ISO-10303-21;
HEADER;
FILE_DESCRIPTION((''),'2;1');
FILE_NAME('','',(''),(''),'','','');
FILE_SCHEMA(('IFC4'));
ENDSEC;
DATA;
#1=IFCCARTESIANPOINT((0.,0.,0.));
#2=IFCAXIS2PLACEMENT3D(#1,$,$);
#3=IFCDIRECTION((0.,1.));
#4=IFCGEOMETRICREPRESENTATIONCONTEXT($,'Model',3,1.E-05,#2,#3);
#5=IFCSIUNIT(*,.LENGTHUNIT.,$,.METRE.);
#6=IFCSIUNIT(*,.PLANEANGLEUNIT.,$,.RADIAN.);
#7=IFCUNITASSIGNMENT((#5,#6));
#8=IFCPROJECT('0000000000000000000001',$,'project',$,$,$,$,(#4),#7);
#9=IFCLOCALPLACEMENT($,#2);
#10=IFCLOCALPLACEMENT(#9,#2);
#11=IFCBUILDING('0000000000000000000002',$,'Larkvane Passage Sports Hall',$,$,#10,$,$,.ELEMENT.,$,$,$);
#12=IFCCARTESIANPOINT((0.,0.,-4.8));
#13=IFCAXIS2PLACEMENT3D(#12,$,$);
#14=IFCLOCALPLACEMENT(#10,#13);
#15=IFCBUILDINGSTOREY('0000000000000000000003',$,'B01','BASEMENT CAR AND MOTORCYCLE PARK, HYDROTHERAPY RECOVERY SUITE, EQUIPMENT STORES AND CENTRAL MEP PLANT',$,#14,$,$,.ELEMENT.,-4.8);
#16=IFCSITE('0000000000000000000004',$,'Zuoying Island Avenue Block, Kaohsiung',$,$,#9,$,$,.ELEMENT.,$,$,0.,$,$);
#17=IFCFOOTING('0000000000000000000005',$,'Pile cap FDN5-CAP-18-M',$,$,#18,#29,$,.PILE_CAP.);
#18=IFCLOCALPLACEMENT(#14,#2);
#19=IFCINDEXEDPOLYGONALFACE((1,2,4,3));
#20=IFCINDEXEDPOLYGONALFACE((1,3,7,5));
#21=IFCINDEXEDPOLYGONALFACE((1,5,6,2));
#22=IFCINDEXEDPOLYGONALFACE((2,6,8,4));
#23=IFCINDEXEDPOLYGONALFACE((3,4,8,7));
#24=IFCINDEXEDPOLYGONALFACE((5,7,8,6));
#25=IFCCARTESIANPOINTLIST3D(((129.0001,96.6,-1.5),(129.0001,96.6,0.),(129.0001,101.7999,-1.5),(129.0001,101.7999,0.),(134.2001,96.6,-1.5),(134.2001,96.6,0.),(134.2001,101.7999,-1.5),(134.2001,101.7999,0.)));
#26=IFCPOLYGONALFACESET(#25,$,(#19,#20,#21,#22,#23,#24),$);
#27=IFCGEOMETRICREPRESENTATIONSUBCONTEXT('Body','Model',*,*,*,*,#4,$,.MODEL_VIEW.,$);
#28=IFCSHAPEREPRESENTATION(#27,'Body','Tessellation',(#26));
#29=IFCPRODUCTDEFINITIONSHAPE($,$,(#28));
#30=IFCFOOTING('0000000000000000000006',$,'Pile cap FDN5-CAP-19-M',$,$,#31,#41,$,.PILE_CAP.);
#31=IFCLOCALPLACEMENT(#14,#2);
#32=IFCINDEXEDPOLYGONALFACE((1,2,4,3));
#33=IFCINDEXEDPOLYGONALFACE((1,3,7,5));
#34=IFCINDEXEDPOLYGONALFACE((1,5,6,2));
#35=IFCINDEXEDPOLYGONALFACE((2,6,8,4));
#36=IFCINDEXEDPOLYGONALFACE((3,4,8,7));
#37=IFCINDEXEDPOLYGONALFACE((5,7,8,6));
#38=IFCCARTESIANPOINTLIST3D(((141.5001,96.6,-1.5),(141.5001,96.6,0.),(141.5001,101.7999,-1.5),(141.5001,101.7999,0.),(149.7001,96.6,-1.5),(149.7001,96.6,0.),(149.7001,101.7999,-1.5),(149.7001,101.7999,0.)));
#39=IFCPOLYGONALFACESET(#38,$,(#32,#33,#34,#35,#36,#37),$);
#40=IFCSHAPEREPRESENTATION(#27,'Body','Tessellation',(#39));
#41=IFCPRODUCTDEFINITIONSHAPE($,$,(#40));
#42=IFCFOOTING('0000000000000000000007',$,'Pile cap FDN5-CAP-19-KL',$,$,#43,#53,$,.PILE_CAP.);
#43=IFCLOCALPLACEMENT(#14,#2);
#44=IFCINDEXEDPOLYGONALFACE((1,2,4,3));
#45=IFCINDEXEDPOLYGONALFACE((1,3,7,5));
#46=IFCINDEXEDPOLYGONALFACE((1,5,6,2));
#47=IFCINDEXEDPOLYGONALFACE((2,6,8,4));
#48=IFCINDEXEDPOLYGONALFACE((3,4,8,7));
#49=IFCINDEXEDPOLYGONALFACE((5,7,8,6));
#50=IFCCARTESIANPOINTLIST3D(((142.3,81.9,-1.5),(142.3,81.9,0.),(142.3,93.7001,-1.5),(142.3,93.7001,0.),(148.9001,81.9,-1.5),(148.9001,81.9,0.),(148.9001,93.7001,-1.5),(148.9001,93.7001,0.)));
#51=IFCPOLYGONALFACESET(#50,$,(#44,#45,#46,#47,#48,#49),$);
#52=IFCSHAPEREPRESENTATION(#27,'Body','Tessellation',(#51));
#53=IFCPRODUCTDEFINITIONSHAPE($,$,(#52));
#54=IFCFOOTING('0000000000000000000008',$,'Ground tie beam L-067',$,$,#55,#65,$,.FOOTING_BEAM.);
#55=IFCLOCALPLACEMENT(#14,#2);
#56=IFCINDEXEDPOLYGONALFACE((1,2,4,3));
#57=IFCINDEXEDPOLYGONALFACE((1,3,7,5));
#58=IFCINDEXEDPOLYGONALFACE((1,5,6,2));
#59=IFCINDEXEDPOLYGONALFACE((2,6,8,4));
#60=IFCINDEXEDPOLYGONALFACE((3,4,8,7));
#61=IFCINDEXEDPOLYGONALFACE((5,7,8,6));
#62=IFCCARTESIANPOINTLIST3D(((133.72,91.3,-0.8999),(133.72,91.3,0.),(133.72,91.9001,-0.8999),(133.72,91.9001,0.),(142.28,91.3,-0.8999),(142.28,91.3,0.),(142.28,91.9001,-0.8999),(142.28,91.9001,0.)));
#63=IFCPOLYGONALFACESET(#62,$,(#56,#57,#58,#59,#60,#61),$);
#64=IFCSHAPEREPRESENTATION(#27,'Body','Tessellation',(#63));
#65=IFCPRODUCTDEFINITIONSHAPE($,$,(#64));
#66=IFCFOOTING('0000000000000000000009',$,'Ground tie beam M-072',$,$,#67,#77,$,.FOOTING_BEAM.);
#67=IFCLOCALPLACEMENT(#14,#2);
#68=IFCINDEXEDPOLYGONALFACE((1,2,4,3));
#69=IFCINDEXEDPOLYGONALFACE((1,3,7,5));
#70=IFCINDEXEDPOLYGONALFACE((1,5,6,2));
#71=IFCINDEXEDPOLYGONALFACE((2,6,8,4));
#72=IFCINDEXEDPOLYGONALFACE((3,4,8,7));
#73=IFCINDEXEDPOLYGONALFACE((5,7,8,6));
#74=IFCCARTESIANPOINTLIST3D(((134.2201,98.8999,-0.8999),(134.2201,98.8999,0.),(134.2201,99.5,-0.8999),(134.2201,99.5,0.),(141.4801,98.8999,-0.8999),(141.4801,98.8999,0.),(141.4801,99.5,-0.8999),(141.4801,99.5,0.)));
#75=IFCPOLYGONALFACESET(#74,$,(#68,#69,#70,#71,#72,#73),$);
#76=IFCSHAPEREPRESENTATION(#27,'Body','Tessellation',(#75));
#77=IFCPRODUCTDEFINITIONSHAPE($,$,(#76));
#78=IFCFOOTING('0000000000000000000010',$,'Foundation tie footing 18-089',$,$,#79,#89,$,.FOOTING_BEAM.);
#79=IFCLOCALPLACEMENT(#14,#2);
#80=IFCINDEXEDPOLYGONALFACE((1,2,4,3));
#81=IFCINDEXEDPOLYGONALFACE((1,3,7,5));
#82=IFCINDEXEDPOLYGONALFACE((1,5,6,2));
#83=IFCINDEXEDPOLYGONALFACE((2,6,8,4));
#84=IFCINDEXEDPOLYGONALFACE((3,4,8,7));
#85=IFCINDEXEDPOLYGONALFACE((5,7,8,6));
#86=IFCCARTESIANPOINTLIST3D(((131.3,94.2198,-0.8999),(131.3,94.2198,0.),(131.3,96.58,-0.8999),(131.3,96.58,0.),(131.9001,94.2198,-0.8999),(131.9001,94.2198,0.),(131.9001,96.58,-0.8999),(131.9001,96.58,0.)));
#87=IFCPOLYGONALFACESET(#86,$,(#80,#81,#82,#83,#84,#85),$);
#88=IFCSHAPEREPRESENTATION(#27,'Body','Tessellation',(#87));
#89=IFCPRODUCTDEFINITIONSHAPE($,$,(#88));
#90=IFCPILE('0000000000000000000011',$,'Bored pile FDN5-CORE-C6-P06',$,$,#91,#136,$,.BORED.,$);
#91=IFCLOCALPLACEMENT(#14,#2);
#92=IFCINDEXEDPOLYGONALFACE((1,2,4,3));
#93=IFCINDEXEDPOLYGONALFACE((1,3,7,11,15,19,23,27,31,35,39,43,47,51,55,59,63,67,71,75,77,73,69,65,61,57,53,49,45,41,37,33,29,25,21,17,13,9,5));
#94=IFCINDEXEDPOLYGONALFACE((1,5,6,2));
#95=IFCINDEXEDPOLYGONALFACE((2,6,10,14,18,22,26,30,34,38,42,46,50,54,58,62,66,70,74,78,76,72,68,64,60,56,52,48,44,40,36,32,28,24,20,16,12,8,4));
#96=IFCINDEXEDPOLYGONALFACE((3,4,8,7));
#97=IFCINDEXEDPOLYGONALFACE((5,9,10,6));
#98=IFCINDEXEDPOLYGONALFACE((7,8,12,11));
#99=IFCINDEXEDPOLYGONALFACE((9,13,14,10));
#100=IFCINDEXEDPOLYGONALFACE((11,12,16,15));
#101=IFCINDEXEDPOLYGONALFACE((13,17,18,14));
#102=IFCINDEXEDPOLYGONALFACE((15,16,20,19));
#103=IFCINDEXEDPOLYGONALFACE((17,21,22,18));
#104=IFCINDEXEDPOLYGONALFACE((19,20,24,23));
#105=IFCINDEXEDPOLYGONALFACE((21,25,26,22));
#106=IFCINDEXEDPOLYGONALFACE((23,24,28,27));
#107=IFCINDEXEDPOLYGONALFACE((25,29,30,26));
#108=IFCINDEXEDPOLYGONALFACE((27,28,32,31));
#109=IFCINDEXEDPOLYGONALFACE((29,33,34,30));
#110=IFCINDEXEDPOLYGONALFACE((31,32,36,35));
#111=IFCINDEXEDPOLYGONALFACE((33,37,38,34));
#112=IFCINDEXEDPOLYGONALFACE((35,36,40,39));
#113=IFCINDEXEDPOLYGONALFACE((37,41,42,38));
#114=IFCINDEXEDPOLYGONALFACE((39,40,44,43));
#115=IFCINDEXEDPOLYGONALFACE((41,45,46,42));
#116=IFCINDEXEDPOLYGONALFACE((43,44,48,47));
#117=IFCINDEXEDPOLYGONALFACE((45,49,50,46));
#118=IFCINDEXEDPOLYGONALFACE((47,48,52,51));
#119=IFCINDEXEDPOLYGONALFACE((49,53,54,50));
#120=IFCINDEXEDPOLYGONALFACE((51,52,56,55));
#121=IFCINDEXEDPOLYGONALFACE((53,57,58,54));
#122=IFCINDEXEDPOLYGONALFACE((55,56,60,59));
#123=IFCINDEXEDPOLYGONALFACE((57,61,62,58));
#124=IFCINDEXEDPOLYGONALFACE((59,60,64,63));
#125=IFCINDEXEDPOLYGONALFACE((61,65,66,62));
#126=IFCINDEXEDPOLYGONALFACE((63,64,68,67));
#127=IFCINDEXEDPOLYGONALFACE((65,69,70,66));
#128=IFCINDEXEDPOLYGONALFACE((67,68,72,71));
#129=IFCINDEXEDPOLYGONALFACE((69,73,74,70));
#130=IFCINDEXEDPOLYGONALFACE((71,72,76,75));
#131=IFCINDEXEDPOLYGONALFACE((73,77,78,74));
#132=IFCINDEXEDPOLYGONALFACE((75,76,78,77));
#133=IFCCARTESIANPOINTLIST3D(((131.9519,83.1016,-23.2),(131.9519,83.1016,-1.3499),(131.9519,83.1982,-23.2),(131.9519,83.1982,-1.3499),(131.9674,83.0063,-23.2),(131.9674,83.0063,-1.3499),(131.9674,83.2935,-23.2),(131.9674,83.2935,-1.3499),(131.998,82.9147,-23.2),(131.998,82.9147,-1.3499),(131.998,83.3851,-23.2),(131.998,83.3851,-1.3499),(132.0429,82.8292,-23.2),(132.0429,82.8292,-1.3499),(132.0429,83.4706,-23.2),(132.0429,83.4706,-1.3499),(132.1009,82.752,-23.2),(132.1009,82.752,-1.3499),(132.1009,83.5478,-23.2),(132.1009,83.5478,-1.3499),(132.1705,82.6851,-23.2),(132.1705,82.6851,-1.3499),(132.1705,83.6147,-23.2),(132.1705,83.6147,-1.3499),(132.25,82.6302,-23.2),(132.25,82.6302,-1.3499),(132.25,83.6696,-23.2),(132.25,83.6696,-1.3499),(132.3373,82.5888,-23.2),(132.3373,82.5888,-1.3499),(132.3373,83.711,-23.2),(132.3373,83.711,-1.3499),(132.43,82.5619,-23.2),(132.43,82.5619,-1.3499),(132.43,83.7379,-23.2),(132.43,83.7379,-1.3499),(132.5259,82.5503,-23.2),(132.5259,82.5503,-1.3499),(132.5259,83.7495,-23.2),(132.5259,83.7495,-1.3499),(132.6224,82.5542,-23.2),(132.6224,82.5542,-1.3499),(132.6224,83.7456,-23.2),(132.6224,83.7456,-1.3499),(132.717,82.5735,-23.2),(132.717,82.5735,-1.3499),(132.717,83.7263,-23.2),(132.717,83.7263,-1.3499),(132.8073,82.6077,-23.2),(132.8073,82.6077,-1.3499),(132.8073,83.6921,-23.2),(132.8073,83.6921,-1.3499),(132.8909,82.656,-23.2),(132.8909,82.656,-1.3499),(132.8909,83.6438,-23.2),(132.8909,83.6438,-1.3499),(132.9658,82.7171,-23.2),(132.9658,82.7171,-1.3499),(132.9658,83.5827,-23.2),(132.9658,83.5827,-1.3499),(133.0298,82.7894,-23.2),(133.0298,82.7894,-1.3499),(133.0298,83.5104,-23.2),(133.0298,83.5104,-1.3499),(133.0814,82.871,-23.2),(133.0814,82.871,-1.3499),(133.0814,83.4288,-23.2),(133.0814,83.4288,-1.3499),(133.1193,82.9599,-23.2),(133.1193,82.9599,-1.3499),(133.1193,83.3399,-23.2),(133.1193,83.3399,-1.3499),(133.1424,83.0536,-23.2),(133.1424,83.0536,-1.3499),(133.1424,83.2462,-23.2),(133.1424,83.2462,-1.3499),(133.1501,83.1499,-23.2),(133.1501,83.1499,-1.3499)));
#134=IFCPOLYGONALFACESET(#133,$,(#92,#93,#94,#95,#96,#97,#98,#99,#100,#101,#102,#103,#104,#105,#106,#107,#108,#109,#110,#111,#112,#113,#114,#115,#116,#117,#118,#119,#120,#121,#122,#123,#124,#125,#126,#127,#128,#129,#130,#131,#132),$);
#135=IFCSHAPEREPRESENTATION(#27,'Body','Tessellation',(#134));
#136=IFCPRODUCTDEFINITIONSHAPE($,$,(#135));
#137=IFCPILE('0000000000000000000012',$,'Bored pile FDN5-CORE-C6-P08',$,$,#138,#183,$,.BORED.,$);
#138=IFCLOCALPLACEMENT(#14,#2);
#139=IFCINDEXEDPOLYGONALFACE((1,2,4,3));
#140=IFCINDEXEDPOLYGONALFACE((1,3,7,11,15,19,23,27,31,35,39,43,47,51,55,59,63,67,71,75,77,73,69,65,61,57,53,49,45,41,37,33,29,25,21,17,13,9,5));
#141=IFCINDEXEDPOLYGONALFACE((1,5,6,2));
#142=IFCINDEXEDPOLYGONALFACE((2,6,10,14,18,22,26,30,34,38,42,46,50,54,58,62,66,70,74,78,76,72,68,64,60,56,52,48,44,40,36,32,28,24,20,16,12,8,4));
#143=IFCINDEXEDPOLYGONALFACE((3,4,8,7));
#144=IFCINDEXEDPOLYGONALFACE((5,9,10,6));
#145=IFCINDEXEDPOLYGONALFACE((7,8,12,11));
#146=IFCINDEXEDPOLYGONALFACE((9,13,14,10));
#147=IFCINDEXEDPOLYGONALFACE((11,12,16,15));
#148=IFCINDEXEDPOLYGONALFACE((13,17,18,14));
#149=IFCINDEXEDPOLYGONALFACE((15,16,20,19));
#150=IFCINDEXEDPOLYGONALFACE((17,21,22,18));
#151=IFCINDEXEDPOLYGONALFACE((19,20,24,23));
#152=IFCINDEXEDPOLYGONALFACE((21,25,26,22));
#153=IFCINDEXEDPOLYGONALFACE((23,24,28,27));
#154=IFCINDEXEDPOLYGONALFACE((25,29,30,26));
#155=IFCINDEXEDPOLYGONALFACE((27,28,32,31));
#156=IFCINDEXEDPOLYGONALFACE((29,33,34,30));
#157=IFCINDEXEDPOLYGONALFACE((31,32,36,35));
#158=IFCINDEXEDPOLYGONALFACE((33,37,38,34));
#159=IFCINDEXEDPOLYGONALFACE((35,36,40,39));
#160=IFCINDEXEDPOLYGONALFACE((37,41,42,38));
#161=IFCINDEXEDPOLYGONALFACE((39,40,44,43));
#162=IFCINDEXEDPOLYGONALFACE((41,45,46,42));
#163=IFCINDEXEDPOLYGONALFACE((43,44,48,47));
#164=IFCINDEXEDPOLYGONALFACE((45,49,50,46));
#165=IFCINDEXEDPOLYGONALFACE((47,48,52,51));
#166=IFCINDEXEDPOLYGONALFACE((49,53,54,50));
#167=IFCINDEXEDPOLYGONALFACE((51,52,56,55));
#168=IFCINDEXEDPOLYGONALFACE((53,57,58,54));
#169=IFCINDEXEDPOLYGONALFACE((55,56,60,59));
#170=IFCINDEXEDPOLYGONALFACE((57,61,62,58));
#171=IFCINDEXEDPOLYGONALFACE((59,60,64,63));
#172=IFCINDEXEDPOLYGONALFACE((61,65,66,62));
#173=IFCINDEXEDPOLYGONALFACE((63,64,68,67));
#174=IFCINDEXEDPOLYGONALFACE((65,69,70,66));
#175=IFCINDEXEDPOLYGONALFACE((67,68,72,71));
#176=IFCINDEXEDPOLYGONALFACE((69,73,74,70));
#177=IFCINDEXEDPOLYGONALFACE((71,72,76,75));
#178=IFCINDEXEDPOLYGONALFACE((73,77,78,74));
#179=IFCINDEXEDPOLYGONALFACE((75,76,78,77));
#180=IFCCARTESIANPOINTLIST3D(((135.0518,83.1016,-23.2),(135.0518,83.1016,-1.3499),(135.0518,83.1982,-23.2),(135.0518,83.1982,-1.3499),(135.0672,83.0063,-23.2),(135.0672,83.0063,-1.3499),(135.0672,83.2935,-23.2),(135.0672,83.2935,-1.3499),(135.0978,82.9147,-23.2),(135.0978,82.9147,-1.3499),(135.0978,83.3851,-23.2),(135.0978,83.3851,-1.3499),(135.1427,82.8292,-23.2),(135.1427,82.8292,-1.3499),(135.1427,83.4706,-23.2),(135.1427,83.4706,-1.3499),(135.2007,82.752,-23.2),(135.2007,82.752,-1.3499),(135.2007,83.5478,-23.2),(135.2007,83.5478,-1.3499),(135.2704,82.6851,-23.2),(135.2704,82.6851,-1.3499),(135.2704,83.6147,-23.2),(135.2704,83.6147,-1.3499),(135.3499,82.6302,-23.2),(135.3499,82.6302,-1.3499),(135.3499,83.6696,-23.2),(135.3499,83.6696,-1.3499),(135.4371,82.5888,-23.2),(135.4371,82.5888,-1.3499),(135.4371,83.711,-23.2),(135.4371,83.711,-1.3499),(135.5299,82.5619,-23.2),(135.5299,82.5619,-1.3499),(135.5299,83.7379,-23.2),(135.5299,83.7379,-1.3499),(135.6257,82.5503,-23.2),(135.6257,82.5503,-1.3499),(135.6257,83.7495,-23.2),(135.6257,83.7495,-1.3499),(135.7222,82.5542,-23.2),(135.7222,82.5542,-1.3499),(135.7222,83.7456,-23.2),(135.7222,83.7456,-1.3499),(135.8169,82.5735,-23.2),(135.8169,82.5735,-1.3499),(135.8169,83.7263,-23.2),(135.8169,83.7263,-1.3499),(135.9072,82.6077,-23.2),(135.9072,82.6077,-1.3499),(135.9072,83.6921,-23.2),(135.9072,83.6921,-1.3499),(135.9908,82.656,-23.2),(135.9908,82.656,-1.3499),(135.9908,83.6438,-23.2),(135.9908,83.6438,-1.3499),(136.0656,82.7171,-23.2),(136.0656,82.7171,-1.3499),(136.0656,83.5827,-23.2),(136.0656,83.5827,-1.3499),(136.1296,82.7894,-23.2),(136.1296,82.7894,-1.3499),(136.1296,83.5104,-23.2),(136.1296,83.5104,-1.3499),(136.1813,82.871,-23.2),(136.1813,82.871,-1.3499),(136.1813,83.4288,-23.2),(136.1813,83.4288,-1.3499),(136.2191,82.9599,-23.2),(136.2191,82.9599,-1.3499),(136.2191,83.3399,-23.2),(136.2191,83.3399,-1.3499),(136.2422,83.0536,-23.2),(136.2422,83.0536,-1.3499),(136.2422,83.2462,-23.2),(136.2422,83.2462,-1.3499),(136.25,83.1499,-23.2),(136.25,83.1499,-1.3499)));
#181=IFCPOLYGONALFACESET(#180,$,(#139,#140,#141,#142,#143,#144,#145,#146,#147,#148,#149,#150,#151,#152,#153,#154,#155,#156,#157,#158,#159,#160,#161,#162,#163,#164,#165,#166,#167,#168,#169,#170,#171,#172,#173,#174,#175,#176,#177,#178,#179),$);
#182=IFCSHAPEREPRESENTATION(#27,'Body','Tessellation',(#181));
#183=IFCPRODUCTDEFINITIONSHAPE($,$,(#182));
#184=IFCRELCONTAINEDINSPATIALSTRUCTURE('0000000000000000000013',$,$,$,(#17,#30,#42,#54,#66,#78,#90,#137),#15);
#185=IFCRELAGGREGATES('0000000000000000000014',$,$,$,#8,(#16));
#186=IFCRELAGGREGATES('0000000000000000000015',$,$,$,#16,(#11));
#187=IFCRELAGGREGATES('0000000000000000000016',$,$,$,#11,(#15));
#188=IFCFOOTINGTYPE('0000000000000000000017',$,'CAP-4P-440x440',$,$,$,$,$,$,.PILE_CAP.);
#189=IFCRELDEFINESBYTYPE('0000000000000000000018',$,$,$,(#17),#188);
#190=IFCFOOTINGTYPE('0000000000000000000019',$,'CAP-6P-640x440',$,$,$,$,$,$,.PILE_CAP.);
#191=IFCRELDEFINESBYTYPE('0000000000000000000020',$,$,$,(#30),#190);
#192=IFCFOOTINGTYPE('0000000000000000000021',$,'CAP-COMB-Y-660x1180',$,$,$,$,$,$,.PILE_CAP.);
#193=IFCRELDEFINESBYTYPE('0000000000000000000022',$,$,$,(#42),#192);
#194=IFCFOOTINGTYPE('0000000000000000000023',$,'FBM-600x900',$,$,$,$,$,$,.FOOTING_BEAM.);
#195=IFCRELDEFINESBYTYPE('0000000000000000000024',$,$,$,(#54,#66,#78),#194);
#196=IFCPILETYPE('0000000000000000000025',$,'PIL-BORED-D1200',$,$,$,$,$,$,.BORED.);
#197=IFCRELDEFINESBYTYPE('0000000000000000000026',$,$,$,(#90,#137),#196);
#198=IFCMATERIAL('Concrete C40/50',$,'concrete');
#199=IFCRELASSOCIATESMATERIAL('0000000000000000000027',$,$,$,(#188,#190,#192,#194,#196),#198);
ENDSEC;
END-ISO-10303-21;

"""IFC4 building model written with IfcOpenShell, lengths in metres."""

from ifc_helpers import new_model, si_unit, direction, frame, origin, origin_2d, place, context, subcontext, project, spatial, rectangle, circle, extrude, material, material_profile, profile_set, type_object, element, save


model = new_model("IFC4")

# Units and contexts
model_context = context("Model", 3, precision=1e-05, world=origin(), true_north=direction((0.0, 1.0)))
body_context = subcontext(model_context, "Body", "Model", "MODEL_VIEW")
ifc_project = project(units=[si_unit("LENGTHUNIT", "METRE"), si_unit("PLANEANGLEUNIT", "RADIAN")], contexts=[model_context])

# Site, building, storey
site_placement = place(None, origin())
site = spatial("IfcSite", under=ifc_project, at=site_placement, Name="Zuoying Island Avenue Block, Kaohsiung", CompositionType="ELEMENT", RefElevation=0.0)
building_placement = place(site_placement, origin())
building = spatial("IfcBuilding", under=site, at=building_placement, Name="Larkvane Passage Sports Hall", CompositionType="ELEMENT")
storey_placement = place(building_placement, frame((0.0, 0.0, -4.8)))
storey = spatial("IfcBuildingStorey", under=building, at=storey_placement, Name="B01", Description="BASEMENT CAR AND MOTORCYCLE PARK, HYDROTHERAPY RECOVERY SUITE, EQUIPMENT STORES AND CENTRAL MEP PLANT", CompositionType="ELEMENT", Elevation=-4.8)

# Footings
ifc_material_1 = material(Name="Concrete C40/50", Category="concrete")
footing_type_1 = type_object("IfcFootingType", Name="CAP-4P-440x440", PredefinedType="PILE_CAP", material=ifc_material_1)
footing_1_placement = place(storey_placement, frame((131.6001, 99.2, -1.5), z_axis=(0.0, 0.0, 1.0), x_axis=(1.0, 0.0, 0.0)))
element("IfcFooting", 1, at=footing_1_placement, inside=storey, type_object=footing_type_1, Name="Pile cap FDN5-CAP-18-M", PredefinedType="PILE_CAP", context=body_context, shape_type="SweptSolid", body=[
    extrude(rectangle(XDim=5.2, YDim=5.2, at=origin_2d()), origin(), (0.0, 0.0, 1.0), 1.5),
])
footing_type_2 = type_object("IfcFootingType", Name="CAP-6P-640x440", PredefinedType="PILE_CAP", material=ifc_material_1)
footing_2_placement = place(storey_placement, frame((145.6001, 99.2, -1.5), z_axis=(0.0, 0.0, 1.0), x_axis=(1.0, 0.0, 0.0)))
element("IfcFooting", 2, at=footing_2_placement, inside=storey, type_object=footing_type_2, Name="Pile cap FDN5-CAP-19-M", PredefinedType="PILE_CAP", context=body_context, shape_type="SweptSolid", body=[
    extrude(rectangle(XDim=8.2, YDim=5.2, at=origin_2d()), origin(), (0.0, 0.0, 1.0), 1.5),
])
footing_type_3 = type_object("IfcFootingType", Name="CAP-COMB-Y-660x1180", PredefinedType="PILE_CAP", material=ifc_material_1)
footing_3_placement = place(storey_placement, frame((145.6001, 87.8, -1.5), z_axis=(0.0, 0.0, 1.0), x_axis=(1.0, 0.0, 0.0)))
element("IfcFooting", 3, at=footing_3_placement, inside=storey, type_object=footing_type_3, Name="Pile cap FDN5-CAP-19-KL", PredefinedType="PILE_CAP", context=body_context, shape_type="SweptSolid", body=[
    extrude(rectangle(XDim=6.6001, YDim=11.8, at=origin_2d()), origin(), (0.0, 0.0, 1.0), 1.5),
])
footing_type_4 = type_object("IfcFootingType", Name="FBM-600x900", PredefinedType="FOOTING_BEAM", material=ifc_material_1)
footing_4_placement = place(storey_placement, frame((138.0, 91.6001, -0.8999), z_axis=(0.0, 0.0, 1.0), x_axis=(1.0, 0.0, 0.0)))
element("IfcFooting", 4, at=footing_4_placement, inside=storey, type_object=footing_type_4, Name="Ground tie beam L-067", PredefinedType="FOOTING_BEAM", context=body_context, shape_type="SweptSolid", body=[
    extrude(rectangle(XDim=8.5601, YDim=0.6001, at=origin_2d()), origin(), (0.0, 0.0, 1.0), 0.8999),
])
footing_5_placement = place(storey_placement, frame((137.8501, 99.2, -0.8999), z_axis=(0.0, 0.0, 1.0), x_axis=(1.0, 0.0, 0.0)))
element("IfcFooting", 5, at=footing_5_placement, inside=storey, type_object=footing_type_4, Name="Ground tie beam M-072", PredefinedType="FOOTING_BEAM", context=body_context, shape_type="SweptSolid", body=[
    extrude(rectangle(XDim=7.26, YDim=0.6001, at=origin_2d()), origin(), (0.0, 0.0, 1.0), 0.8999),
])
footing_6_placement = place(storey_placement, frame((131.6001, 95.3999, -0.8999), z_axis=(0.0, 0.0, 1.0), x_axis=(1.0, 0.0, 0.0)))
element("IfcFooting", 6, at=footing_6_placement, inside=storey, type_object=footing_type_4, Name="Foundation tie footing 18-089", PredefinedType="FOOTING_BEAM", context=body_context, shape_type="SweptSolid", body=[
    extrude(rectangle(XDim=0.6001, YDim=2.3601, at=origin_2d()), origin(), (0.0, 0.0, 1.0), 0.8999),
])

# Piles
ifc_material_profile_1 = material_profile(ifc_material_1, circle(Radius=0.6001, at=origin_2d()), Name="PILE-D1200")
ifc_profile_set_1 = profile_set([ifc_material_profile_1], Name="Concrete C40/50")
pile_type_1 = type_object("IfcPileType", Name="PIL-BORED-D1200", PredefinedType="BORED", material=ifc_profile_set_1)
for number, where, z_axis, x_axis, name in (
    (7, (132.55, 83.1499, -1.3499), (0.0, 0.0, -1.0), (1.0, 0.0, 0.0), "Bored pile FDN5-CORE-C6-P06"),
    (8, (135.6499, 83.1499, -1.3499), (0.0, 0.0, -1.0), (1.0, 0.0, 0.0), "Bored pile FDN5-CORE-C6-P08"),
):
    element("IfcPile", number, at=place(storey_placement, frame(where, z_axis=z_axis, x_axis=x_axis)), inside=storey, type_object=pile_type_1, Name=name, PredefinedType="BORED", context=body_context, shape_type="SweptSolid", body=[
        extrude(circle(Radius=0.6001, at=origin_2d()), origin(), (0.0, 0.0, 1.0), 21.8501),
    ])

save(model, "model.ifc")
